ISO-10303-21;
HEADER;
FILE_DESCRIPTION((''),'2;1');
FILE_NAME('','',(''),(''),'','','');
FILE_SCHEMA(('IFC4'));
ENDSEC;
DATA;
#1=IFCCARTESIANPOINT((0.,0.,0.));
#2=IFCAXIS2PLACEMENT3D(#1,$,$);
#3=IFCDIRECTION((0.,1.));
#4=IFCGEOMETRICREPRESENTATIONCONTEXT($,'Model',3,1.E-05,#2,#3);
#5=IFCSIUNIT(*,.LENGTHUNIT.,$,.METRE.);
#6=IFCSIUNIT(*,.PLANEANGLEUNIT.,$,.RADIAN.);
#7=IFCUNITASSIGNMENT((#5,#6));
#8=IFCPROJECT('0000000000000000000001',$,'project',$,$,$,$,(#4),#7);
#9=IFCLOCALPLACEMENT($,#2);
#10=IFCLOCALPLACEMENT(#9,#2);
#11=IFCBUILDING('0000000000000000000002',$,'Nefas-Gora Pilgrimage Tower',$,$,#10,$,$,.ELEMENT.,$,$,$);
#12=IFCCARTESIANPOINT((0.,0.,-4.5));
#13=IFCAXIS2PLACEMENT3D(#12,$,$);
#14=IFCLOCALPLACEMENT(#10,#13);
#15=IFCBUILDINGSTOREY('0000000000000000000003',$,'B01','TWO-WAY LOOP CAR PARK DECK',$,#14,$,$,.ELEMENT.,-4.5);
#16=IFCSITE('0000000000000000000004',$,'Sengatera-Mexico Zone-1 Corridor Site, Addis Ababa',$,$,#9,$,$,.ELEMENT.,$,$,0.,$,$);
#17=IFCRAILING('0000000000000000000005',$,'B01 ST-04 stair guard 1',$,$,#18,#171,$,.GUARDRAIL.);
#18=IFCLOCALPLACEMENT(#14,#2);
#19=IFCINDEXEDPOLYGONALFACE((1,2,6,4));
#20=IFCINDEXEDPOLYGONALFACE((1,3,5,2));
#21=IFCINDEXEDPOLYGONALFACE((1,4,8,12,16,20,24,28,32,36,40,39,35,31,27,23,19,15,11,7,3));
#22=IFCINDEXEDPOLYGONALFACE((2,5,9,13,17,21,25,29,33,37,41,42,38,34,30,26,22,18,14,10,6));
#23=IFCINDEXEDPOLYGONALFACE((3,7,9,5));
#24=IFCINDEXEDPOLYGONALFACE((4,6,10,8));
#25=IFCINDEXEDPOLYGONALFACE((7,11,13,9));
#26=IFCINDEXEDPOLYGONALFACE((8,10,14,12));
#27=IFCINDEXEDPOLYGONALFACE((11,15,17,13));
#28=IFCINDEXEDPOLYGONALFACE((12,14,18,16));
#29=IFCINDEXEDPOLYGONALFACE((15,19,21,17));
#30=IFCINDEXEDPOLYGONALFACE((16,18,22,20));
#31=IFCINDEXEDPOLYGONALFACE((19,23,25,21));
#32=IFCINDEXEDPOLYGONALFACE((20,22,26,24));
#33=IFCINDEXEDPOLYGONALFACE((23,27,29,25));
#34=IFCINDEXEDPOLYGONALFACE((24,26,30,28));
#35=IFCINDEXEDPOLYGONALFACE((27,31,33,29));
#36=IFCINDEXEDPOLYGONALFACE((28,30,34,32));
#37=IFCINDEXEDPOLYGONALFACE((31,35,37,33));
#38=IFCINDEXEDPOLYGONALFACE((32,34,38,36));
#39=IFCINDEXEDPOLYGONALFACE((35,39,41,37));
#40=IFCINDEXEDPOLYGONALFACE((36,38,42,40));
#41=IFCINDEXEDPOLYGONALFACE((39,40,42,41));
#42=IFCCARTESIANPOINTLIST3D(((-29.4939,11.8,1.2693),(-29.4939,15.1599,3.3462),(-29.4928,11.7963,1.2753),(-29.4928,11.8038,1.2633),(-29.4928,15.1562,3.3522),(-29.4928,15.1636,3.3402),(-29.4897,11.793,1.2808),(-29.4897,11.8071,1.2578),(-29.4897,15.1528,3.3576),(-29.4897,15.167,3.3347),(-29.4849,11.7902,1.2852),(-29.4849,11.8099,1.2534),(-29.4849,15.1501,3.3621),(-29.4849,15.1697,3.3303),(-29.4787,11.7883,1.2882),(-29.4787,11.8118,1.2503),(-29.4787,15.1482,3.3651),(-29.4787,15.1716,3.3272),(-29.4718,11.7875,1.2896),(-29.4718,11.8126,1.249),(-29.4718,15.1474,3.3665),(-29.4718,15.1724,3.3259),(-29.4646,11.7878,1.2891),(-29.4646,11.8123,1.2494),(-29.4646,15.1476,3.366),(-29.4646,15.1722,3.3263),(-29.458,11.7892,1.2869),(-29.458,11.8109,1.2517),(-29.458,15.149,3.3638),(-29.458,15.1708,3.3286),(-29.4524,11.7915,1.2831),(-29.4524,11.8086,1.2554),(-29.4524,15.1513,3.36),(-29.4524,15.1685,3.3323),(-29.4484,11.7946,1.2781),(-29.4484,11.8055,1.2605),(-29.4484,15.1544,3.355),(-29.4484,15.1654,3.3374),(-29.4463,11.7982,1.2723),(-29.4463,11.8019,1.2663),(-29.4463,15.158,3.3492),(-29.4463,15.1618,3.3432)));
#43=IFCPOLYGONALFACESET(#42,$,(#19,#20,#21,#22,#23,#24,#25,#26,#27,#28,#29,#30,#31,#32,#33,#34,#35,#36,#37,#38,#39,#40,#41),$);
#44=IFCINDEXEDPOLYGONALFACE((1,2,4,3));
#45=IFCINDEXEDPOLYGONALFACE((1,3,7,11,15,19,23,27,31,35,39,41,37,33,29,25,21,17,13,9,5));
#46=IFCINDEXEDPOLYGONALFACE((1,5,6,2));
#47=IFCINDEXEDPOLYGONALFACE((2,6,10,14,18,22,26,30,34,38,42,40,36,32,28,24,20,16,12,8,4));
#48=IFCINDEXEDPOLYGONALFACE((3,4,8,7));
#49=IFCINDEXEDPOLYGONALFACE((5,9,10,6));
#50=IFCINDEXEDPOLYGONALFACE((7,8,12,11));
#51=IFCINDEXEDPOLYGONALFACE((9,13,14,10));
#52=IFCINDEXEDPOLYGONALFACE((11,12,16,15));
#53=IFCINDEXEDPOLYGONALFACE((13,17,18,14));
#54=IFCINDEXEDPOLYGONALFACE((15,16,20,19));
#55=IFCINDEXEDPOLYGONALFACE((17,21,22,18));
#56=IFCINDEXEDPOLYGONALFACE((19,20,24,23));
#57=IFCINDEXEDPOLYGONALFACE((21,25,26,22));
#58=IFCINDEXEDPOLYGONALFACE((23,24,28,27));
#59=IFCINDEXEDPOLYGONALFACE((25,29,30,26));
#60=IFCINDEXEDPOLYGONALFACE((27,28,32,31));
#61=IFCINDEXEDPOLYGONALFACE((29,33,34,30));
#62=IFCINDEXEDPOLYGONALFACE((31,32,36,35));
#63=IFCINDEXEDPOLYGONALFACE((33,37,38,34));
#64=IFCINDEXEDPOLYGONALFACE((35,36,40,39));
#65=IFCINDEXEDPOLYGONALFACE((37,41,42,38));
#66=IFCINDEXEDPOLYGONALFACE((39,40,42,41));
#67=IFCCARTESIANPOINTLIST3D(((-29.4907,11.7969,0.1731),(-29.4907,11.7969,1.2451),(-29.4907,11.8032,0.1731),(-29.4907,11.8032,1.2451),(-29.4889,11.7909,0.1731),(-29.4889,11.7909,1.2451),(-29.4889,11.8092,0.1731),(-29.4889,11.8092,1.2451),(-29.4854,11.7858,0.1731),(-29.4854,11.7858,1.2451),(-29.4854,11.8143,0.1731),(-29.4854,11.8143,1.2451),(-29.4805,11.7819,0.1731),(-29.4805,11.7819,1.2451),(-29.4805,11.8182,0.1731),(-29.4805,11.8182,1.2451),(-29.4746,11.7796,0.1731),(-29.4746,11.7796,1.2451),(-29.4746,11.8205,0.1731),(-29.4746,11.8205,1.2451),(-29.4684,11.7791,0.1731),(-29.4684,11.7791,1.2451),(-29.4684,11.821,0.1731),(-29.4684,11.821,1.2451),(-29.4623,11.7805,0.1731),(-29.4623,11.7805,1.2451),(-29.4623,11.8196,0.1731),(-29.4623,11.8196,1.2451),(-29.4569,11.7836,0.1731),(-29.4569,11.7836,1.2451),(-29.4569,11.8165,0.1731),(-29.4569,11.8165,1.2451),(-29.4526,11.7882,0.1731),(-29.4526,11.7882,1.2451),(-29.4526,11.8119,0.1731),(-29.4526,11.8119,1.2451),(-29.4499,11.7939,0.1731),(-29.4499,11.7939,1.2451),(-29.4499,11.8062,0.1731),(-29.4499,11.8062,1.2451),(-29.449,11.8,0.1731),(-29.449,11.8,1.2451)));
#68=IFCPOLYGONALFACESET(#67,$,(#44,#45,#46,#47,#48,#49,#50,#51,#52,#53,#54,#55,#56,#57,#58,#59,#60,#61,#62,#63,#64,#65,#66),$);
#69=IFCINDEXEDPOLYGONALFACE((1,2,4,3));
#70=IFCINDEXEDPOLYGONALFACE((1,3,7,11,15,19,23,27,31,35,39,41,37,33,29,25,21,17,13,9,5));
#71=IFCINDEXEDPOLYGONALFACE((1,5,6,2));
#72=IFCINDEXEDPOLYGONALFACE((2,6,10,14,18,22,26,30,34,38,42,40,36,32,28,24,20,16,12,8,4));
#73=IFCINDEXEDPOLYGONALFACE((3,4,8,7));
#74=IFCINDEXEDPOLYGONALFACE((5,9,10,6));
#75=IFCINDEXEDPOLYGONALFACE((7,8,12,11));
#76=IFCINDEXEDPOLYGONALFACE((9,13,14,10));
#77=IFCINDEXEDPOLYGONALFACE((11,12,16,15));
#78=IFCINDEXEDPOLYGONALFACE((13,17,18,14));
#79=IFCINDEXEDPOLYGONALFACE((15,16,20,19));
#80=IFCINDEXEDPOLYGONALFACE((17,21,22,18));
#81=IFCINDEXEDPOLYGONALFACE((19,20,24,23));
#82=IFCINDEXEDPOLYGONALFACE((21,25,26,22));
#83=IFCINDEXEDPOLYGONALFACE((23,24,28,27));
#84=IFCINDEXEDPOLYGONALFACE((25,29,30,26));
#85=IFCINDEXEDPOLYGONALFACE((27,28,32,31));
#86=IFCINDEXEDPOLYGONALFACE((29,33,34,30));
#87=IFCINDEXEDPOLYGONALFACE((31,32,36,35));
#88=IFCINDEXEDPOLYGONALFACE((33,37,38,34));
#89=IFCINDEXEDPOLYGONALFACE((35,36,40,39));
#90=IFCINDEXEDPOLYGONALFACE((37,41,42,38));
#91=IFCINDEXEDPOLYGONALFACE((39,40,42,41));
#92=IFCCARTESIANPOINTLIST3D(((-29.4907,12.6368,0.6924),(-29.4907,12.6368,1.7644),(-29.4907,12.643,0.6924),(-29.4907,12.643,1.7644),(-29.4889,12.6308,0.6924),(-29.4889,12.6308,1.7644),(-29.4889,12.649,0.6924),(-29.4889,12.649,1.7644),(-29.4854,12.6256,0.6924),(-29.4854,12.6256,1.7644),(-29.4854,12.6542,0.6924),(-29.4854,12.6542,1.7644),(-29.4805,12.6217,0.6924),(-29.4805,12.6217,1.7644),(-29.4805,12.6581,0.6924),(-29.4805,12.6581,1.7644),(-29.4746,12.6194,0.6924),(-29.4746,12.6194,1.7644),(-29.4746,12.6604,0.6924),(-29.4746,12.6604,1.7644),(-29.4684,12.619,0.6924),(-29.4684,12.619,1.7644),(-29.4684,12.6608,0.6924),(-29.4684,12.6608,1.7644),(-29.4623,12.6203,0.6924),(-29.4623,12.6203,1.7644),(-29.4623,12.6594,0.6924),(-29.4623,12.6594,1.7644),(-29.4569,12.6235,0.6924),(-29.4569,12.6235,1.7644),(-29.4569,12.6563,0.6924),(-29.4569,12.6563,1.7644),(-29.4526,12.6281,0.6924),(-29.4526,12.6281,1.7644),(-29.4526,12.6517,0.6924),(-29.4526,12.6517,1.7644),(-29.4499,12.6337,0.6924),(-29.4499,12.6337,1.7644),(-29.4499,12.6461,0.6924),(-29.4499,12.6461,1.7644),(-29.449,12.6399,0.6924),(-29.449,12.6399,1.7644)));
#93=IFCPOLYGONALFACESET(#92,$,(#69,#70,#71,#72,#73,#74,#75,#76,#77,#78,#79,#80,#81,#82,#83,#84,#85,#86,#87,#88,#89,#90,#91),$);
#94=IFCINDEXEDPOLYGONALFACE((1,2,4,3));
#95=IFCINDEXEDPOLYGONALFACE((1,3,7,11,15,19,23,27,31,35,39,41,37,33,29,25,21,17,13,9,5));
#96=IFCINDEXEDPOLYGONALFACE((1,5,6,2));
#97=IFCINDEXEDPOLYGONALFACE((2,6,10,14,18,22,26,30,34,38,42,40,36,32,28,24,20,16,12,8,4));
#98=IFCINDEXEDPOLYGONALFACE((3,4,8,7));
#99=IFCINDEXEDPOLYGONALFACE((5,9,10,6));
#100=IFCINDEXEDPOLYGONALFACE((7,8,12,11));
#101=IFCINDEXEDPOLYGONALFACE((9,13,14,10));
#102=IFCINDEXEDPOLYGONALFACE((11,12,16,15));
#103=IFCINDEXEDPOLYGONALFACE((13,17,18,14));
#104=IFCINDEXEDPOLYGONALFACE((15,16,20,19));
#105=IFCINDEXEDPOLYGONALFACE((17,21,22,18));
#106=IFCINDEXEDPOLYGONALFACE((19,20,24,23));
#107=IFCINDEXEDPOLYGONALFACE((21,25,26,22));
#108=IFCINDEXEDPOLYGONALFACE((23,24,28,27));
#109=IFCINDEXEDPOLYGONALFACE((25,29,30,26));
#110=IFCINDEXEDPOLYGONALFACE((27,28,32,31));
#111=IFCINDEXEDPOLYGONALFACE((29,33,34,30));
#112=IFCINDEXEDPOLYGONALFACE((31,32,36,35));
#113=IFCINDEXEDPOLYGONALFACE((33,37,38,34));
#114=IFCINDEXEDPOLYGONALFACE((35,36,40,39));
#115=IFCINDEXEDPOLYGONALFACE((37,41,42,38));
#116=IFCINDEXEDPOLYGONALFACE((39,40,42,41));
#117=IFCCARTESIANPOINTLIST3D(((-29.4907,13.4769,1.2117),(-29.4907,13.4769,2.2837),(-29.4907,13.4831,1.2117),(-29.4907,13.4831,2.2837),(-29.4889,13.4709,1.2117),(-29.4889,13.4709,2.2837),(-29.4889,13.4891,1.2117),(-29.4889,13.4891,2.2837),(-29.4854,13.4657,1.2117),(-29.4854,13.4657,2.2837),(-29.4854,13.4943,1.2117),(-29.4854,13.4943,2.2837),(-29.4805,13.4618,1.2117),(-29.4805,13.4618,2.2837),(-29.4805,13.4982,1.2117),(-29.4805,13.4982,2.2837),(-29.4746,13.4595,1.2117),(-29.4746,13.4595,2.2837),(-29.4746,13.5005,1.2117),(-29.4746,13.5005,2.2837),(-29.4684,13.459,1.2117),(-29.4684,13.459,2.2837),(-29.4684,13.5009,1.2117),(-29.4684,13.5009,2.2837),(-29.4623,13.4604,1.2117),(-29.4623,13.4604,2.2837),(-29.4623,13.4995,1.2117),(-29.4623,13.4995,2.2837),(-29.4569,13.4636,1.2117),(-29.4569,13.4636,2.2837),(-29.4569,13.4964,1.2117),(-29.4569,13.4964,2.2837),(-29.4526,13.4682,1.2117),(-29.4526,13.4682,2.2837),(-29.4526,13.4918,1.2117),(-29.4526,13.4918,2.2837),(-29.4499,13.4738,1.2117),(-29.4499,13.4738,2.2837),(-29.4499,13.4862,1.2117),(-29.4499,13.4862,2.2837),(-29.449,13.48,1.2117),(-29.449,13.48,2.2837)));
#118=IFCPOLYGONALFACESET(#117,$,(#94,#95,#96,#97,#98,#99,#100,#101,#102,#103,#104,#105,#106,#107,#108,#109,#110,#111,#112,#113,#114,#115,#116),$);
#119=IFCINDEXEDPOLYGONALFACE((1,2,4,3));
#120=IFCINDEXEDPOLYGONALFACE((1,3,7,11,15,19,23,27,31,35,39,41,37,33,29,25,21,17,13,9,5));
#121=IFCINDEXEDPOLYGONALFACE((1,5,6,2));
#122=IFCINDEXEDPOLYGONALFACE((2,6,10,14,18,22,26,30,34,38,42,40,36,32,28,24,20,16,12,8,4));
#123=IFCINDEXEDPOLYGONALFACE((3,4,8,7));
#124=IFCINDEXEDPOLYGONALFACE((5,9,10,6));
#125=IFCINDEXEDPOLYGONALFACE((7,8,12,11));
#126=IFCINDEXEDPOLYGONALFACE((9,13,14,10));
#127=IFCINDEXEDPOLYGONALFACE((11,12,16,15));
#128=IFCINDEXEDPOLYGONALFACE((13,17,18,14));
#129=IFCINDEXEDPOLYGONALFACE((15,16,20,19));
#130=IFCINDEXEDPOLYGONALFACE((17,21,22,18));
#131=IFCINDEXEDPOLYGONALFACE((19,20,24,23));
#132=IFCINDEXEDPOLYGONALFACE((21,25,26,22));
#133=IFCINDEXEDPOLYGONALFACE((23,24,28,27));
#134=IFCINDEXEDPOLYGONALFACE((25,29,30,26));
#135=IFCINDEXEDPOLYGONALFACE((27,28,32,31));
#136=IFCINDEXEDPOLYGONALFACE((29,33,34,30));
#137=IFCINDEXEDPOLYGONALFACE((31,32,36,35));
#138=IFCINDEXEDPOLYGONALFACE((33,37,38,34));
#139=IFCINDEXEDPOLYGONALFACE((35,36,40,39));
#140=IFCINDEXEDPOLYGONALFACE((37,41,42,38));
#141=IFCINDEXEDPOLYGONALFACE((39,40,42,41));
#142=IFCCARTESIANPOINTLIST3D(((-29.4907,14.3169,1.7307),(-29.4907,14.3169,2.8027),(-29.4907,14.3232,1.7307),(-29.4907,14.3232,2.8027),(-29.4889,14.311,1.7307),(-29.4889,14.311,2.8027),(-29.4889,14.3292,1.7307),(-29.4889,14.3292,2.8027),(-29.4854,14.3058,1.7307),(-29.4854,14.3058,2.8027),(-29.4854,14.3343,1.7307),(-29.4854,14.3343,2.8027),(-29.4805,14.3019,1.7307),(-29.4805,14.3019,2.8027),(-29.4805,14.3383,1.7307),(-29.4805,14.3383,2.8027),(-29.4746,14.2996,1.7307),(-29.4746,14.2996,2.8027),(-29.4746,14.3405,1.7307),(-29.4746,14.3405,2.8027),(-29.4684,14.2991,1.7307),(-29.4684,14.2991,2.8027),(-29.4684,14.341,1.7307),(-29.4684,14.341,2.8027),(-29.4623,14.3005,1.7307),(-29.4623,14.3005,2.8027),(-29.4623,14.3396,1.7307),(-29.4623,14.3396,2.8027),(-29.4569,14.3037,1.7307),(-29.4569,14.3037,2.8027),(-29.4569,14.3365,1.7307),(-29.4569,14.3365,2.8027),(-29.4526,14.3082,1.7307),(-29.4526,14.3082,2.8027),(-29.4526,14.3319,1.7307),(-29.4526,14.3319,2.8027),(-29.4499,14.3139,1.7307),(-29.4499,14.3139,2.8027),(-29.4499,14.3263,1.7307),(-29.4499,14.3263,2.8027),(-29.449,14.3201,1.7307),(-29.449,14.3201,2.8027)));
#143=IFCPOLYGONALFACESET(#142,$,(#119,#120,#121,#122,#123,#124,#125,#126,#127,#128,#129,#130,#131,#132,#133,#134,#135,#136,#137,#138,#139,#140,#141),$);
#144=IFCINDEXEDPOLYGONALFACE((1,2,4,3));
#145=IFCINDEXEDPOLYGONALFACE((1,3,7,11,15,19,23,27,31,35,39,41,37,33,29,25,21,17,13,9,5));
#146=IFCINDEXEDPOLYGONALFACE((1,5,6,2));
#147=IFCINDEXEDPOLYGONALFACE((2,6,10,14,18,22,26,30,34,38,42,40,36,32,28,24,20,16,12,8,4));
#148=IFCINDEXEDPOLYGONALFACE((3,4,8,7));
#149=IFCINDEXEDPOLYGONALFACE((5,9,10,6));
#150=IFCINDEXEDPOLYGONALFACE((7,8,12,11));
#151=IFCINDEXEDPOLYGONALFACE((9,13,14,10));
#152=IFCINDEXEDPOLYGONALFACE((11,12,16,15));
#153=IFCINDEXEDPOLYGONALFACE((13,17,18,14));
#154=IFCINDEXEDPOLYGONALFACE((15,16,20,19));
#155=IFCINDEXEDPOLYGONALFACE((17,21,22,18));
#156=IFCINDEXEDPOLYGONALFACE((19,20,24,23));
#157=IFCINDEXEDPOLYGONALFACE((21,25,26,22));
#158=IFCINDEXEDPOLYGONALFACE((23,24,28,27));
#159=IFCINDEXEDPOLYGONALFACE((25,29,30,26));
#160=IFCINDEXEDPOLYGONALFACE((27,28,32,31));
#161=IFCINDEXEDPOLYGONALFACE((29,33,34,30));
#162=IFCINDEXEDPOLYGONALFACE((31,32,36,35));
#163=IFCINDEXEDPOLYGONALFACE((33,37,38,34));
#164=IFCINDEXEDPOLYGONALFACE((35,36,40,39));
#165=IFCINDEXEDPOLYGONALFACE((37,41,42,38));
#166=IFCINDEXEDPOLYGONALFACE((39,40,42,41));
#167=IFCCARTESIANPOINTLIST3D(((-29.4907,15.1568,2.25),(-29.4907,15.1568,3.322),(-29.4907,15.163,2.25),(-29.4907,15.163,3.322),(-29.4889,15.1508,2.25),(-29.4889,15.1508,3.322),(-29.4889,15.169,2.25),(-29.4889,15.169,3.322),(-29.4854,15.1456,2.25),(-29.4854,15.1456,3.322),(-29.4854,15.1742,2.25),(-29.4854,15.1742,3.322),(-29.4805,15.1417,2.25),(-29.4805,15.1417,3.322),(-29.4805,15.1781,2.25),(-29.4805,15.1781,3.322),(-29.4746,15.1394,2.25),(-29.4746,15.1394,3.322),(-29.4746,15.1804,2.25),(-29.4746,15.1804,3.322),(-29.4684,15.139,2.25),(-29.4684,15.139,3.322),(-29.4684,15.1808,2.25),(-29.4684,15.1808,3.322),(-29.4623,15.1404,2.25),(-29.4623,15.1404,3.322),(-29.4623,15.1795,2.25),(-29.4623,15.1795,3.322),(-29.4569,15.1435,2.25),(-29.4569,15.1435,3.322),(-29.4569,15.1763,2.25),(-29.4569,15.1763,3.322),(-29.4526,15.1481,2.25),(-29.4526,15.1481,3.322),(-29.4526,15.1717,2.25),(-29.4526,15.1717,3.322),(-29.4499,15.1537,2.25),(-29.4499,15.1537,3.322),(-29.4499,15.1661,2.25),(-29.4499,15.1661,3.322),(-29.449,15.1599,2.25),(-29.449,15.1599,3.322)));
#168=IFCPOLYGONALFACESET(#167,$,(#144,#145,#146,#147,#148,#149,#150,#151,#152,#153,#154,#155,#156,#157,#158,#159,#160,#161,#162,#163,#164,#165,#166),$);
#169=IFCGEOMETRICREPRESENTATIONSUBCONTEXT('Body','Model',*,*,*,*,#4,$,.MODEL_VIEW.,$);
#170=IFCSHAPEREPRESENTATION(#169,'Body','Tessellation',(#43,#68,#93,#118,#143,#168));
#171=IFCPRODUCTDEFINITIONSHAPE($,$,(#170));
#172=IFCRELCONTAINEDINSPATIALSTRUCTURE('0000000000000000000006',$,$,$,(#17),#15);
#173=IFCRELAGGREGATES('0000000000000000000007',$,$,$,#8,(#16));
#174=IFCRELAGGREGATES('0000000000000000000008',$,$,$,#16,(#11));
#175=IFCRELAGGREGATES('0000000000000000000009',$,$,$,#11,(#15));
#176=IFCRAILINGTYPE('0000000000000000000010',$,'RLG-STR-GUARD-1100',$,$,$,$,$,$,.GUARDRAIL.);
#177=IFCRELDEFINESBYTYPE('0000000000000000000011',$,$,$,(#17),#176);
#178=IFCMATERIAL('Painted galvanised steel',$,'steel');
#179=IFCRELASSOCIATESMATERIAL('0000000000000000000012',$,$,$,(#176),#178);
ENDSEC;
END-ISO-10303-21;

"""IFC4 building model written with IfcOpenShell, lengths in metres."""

from ifc_helpers import new_model, si_unit, direction, frame, origin, origin_2d, place, context, subcontext, project, spatial, circle, extrude, material, type_object, element, save


model = new_model("IFC4")

# Units and contexts
model_context = context("Model", 3, precision=1e-05, world=origin(), true_north=direction((0.0, 1.0)))
body_context = subcontext(model_context, "Body", "Model", "MODEL_VIEW")
ifc_project = project(units=[si_unit("LENGTHUNIT", "METRE"), si_unit("PLANEANGLEUNIT", "RADIAN")], contexts=[model_context])

# Site, building, storey
site_placement = place(None, origin())
site = spatial("IfcSite", under=ifc_project, at=site_placement, Name="Sengatera-Mexico Zone-1 Corridor Site, Addis Ababa", CompositionType="ELEMENT", RefElevation=0.0)
building_placement = place(site_placement, origin())
building = spatial("IfcBuilding", under=site, at=building_placement, Name="Nefas-Gora Pilgrimage Tower", CompositionType="ELEMENT")
storey_placement = place(building_placement, frame((0.0, 0.0, -4.5)))
storey = spatial("IfcBuildingStorey", under=building, at=storey_placement, Name="B01", Description="TWO-WAY LOOP CAR PARK DECK", CompositionType="ELEMENT", Elevation=-4.5)

# Railing
ifc_material_1 = material(Name="Painted galvanised steel", Category="steel")
railing_type_1 = type_object("IfcRailingType", Name="RLG-STR-GUARD-1100", PredefinedType="GUARDRAIL", material=ifc_material_1)
railing_1_placement = place(storey_placement, frame((-29.47, 11.8, 0.1731)))
element("IfcRailing", 1, at=railing_1_placement, inside=storey, type_object=railing_type_1, Name="B01 ST-04 stair guard 1", PredefinedType="GUARDRAIL", context=body_context, shape_type="SweptSolid", body=[
    extrude(circle(Radius=0.0239, at=origin_2d()), frame((0.0, 0.0, 1.0962), z_axis=(0.0, 0.850606, 0.525803), x_axis=(-1.0, 0.0, 0.0)), (0.0, 0.0, 1.0), 3.95),
    extrude(circle(Radius=0.021, at=origin_2d()), origin(), (0.0, 0.0, 1.0), 1.072),
    extrude(circle(Radius=0.021, at=origin_2d()), frame((0.0, 0.8398, 0.5193)), (0.0, 0.0, 1.0), 1.072),
    extrude(circle(Radius=0.021, at=origin_2d()), frame((0.0, 1.6799, 1.0386)), (0.0, 0.0, 1.0), 1.072),
    extrude(circle(Radius=0.021, at=origin_2d()), frame((0.0, 2.52, 1.5576)), (0.0, 0.0, 1.0), 1.072),
    extrude(circle(Radius=0.021, at=origin_2d()), frame((0.0, 3.3599, 2.0769)), (0.0, 0.0, 1.0), 1.072),
])

save(model, "model.ifc")
